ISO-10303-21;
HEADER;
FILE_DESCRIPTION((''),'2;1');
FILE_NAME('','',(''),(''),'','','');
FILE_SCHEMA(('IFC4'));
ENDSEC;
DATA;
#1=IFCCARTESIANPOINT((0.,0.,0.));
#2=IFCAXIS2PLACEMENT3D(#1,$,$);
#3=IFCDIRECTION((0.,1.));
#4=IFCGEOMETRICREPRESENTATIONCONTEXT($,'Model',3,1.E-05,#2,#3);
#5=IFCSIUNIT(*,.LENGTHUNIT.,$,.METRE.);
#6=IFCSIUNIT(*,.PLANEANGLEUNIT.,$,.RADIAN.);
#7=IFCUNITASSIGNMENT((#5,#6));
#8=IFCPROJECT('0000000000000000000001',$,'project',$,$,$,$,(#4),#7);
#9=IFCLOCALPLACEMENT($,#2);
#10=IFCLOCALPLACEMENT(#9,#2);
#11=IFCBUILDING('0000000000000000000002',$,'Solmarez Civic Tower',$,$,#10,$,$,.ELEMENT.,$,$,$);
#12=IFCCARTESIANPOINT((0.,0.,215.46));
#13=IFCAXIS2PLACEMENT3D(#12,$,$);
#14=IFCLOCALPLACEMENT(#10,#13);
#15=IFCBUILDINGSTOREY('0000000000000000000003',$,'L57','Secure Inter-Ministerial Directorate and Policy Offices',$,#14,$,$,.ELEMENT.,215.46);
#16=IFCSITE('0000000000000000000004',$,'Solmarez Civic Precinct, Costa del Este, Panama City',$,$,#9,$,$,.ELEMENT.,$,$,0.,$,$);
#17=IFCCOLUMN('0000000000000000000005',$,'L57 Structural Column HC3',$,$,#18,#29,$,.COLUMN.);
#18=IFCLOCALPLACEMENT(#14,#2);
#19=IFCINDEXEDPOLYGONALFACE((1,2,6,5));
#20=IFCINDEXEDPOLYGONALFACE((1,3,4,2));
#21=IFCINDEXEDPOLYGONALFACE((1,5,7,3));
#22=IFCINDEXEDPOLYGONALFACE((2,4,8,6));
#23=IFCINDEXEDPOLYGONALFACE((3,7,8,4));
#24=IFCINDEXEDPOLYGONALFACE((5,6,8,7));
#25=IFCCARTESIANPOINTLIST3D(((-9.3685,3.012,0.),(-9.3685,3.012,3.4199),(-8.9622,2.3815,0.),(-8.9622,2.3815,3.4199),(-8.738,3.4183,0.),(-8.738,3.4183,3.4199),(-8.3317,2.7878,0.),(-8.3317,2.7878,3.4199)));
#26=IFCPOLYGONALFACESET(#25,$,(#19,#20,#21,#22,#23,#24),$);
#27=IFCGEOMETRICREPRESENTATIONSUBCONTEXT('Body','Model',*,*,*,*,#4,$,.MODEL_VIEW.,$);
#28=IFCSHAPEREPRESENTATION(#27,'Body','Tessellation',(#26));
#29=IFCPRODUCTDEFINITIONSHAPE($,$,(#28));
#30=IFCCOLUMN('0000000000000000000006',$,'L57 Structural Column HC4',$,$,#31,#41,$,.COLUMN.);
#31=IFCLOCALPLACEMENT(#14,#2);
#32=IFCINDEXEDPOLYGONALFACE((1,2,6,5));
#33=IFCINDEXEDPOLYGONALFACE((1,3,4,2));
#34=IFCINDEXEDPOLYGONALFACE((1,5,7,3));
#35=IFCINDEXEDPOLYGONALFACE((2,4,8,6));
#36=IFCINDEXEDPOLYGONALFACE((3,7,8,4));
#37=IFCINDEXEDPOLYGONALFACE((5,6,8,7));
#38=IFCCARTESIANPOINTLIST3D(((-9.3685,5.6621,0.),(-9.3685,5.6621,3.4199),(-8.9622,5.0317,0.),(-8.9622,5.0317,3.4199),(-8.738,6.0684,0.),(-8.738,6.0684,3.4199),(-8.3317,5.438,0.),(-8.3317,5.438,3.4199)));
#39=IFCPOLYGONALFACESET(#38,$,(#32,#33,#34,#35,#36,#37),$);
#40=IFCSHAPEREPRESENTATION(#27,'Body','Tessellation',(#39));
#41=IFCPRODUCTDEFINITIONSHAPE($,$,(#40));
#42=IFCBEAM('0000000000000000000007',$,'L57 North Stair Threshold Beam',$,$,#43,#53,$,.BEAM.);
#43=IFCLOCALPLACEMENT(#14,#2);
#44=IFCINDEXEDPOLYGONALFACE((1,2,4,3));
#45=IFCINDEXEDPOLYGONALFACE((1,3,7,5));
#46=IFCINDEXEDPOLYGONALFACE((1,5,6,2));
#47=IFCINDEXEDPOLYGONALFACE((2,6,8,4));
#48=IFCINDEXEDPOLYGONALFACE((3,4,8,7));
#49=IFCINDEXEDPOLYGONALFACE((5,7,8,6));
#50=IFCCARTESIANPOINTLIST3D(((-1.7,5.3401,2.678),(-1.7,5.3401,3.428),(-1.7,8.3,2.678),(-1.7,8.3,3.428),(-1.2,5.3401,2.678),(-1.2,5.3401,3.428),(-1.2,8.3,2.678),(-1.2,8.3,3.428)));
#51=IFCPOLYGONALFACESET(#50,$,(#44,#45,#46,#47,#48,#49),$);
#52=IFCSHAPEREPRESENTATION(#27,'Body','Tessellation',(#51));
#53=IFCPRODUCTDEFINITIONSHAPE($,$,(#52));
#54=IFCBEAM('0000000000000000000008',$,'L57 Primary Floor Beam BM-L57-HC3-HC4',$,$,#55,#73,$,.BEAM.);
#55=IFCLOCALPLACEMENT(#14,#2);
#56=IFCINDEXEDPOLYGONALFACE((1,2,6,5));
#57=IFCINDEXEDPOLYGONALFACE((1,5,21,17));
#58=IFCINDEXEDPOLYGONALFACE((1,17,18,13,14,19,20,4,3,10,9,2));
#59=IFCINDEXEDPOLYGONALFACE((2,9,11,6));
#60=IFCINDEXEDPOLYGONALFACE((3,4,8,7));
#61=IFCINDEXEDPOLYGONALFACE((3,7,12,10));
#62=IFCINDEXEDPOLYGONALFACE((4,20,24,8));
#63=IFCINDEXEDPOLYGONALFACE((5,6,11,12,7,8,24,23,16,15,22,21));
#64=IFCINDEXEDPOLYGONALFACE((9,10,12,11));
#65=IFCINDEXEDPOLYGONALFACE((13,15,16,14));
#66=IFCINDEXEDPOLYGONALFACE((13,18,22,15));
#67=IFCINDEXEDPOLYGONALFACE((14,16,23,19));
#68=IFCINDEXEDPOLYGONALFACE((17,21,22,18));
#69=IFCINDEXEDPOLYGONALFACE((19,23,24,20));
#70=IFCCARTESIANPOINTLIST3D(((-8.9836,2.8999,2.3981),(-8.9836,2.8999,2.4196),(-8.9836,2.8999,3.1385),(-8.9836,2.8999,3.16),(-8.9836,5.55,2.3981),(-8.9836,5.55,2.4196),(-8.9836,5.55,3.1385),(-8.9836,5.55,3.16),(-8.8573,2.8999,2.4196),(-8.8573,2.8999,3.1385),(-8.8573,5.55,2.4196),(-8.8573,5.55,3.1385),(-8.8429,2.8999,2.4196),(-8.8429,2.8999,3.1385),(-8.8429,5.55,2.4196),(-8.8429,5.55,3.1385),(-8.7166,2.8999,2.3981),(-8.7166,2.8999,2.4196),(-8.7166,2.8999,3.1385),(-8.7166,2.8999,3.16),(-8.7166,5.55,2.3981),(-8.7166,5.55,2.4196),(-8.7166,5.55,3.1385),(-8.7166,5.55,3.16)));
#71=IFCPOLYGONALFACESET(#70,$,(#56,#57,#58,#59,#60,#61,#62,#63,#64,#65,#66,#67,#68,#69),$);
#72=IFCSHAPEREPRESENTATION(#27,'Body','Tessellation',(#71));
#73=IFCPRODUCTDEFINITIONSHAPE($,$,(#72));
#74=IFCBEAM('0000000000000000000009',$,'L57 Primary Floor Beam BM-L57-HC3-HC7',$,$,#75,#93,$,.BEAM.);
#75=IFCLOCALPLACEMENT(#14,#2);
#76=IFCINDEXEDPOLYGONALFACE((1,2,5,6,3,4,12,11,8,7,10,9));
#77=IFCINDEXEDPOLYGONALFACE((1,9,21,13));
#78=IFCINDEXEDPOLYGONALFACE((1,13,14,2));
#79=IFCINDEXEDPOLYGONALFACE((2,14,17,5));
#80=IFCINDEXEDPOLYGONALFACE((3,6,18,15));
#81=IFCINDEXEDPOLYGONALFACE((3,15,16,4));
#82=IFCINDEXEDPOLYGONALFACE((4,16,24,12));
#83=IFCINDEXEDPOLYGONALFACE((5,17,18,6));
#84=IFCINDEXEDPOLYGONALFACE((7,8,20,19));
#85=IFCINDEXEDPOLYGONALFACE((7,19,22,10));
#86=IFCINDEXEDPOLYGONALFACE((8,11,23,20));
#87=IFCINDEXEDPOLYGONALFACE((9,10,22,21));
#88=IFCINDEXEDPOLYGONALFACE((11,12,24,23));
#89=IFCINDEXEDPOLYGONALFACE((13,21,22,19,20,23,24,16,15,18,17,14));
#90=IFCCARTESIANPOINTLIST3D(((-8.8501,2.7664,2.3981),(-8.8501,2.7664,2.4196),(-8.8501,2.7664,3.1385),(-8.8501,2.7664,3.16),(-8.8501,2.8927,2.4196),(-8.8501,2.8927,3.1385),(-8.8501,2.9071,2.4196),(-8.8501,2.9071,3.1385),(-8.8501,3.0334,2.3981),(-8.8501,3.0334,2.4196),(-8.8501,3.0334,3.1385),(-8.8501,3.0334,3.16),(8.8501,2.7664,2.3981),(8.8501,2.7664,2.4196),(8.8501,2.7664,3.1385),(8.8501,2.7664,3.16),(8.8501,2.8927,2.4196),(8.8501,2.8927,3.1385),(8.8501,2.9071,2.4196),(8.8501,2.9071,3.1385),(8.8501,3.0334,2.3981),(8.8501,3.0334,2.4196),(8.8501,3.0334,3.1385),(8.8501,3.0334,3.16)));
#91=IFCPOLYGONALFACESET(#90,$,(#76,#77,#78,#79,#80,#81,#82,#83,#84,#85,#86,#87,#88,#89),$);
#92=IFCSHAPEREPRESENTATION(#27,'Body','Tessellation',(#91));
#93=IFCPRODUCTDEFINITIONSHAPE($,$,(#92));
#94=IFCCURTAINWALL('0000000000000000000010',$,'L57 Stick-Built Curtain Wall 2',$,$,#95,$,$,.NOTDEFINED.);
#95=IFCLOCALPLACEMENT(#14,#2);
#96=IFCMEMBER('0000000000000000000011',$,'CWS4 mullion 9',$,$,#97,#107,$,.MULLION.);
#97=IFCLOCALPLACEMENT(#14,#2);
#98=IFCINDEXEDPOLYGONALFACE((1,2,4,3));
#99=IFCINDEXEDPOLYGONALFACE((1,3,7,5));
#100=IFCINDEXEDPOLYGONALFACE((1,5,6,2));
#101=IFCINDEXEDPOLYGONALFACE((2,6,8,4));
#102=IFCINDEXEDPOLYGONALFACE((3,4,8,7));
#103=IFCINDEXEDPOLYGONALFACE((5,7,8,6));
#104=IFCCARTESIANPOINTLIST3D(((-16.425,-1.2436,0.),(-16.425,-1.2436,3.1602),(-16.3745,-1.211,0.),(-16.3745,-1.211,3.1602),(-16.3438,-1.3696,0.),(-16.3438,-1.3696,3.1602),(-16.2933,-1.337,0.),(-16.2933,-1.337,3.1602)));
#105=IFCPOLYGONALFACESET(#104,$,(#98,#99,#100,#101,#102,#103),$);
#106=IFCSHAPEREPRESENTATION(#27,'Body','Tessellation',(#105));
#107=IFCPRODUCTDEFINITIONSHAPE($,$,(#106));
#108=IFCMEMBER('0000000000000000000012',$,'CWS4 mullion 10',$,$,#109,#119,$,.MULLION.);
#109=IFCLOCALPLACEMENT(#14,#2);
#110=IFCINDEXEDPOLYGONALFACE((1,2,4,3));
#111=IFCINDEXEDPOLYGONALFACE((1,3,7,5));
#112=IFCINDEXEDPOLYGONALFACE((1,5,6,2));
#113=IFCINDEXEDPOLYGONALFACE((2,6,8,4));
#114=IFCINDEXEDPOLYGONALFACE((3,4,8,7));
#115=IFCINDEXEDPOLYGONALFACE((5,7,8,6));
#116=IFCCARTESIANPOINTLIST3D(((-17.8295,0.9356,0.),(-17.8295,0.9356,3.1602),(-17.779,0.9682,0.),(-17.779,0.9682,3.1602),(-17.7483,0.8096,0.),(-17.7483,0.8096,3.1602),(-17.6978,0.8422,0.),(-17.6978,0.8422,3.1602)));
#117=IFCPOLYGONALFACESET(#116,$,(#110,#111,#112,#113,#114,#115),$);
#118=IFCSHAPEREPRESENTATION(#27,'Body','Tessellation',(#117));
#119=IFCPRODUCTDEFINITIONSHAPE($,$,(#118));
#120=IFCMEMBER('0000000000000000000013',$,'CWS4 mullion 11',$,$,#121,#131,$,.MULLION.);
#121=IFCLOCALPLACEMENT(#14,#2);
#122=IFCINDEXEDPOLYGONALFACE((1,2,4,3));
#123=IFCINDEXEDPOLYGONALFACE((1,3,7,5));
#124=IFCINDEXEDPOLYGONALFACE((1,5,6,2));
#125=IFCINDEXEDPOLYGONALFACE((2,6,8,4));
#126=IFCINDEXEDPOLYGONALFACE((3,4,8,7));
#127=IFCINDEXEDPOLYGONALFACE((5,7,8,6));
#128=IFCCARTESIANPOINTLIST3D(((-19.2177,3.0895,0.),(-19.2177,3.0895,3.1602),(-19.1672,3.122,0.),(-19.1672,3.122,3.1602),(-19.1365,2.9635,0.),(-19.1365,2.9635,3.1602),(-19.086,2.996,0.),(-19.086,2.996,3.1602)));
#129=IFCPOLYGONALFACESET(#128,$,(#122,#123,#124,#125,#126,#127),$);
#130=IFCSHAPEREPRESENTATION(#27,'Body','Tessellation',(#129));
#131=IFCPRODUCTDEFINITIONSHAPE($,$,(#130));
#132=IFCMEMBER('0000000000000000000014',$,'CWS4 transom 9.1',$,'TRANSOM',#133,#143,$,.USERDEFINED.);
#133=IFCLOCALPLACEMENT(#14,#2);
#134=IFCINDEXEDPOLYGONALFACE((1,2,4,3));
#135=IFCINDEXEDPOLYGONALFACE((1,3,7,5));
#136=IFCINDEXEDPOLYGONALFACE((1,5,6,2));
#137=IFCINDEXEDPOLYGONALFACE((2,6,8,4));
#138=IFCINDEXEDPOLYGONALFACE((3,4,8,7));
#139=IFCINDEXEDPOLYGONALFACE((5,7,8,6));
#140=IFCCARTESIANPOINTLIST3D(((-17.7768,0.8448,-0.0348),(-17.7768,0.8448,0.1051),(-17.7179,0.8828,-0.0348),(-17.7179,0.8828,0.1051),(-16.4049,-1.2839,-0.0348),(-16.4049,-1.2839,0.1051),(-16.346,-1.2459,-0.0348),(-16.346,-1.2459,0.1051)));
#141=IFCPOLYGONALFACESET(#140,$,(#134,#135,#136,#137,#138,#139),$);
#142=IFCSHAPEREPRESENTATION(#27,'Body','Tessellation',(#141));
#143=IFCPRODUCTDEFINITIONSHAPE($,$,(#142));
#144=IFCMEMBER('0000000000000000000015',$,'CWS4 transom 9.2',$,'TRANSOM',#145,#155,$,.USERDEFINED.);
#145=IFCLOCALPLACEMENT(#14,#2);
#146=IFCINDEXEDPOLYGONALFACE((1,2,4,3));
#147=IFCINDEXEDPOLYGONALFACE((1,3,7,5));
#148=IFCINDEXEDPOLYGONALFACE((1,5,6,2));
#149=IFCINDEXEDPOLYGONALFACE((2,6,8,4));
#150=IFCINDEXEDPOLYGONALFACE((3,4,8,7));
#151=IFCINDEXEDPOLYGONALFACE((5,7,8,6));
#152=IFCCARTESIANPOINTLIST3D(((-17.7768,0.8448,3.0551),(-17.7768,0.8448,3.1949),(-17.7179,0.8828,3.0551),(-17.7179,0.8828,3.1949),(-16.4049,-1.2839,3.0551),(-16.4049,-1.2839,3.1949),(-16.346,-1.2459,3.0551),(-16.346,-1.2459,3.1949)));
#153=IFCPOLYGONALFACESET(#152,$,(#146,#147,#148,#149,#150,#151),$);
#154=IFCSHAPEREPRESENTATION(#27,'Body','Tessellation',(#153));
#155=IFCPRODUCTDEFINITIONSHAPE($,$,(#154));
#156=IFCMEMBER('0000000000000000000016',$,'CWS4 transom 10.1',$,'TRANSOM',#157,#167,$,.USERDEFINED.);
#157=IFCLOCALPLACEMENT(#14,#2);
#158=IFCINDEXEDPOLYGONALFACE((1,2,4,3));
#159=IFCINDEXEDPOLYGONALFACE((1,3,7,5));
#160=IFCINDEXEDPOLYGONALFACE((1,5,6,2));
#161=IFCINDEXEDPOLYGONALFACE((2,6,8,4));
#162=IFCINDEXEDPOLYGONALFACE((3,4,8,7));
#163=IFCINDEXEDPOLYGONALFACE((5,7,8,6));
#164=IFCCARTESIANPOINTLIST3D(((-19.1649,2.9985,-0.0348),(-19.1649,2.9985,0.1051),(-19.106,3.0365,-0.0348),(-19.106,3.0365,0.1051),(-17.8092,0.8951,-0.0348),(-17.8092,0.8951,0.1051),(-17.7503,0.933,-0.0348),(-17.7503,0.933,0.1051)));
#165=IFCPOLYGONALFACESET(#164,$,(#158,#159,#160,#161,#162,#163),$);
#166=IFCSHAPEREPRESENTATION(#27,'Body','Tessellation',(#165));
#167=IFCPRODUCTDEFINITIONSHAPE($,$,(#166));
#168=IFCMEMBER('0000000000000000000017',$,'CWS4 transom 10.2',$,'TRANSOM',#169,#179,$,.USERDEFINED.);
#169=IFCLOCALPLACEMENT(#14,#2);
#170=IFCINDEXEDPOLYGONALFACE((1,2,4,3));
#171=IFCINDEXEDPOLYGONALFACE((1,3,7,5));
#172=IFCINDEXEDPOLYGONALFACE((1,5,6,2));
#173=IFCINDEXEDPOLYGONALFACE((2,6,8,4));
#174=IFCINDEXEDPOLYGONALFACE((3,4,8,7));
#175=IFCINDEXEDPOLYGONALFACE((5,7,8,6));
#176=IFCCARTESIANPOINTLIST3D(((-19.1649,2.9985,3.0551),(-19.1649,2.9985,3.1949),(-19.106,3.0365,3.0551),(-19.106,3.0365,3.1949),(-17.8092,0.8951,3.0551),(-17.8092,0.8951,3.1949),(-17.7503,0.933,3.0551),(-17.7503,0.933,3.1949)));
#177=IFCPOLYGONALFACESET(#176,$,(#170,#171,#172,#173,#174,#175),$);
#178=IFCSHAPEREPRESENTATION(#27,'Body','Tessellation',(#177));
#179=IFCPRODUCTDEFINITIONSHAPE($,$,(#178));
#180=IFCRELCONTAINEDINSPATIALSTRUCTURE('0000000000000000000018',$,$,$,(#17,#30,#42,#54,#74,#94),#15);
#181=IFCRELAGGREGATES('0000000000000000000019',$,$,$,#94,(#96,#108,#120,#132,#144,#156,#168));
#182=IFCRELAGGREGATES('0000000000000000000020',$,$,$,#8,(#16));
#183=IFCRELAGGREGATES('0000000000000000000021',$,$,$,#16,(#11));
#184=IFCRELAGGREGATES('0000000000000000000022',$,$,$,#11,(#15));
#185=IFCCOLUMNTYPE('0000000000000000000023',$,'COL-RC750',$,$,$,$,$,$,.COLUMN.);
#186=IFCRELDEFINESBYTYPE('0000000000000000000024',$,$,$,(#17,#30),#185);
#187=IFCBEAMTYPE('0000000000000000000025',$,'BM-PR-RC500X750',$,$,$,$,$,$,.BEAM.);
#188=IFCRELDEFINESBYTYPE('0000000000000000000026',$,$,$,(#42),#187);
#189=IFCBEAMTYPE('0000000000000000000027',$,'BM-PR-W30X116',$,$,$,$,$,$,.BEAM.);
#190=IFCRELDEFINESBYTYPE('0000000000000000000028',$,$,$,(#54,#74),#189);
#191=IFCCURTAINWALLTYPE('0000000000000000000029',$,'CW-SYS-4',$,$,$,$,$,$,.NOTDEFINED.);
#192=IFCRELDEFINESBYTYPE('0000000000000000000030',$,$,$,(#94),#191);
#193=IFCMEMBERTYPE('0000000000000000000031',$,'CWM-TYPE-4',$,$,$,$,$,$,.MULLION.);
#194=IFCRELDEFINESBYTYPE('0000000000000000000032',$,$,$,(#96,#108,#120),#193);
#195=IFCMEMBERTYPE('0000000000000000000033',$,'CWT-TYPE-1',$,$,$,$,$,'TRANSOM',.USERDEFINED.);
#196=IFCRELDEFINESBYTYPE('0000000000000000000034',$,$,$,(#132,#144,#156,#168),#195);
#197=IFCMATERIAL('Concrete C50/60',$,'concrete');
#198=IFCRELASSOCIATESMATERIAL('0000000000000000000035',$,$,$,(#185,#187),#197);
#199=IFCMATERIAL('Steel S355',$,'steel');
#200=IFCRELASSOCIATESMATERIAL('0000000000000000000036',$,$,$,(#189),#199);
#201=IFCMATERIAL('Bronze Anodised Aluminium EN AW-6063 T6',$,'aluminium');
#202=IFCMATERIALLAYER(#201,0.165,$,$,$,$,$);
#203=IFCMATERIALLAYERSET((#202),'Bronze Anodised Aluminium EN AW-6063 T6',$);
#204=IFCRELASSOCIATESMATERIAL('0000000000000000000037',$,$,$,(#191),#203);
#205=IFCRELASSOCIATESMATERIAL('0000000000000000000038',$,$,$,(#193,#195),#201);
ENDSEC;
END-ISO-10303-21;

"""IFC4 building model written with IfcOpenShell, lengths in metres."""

from ifc_helpers import new_model, si_unit, direction, frame, origin, origin_2d, place, context, subcontext, project, spatial, rectangle, i_section, extrude, material, layer, layer_set, material_profile, profile_set, type_object, element, aggregate, save


model = new_model("IFC4")

# Units and contexts
model_context = context("Model", 3, precision=1e-05, world=origin(), true_north=direction((0.0, 1.0)))
body_context = subcontext(model_context, "Body", "Model", "MODEL_VIEW")
ifc_project = project(units=[si_unit("LENGTHUNIT", "METRE"), si_unit("PLANEANGLEUNIT", "RADIAN")], contexts=[model_context])

# Site, building, storey
site_placement = place(None, origin())
site = spatial("IfcSite", under=ifc_project, at=site_placement, Name="Solmarez Civic Precinct, Costa del Este, Panama City", CompositionType="ELEMENT", RefElevation=0.0)
building_placement = place(site_placement, origin())
building = spatial("IfcBuilding", under=site, at=building_placement, Name="Solmarez Civic Tower", CompositionType="ELEMENT")
storey_placement = place(building_placement, frame((0.0, 0.0, 215.46)))
storey = spatial("IfcBuildingStorey", under=building, at=storey_placement, Name="L57", Description="Secure Inter-Ministerial Directorate and Policy Offices", CompositionType="ELEMENT", Elevation=215.46)

# Columns
ifc_material_1 = material(Name="Concrete C50/60", Category="concrete")
ifc_material_profile_1 = material_profile(ifc_material_1, rectangle(XDim=0.75, YDim=0.75, at=origin_2d()), Name="RC750X750")
ifc_profile_set_1 = profile_set([ifc_material_profile_1], Name="Concrete C50/60")
column_type = type_object("IfcColumnType", Name="COL-RC750", PredefinedType="COLUMN", material=ifc_profile_set_1)
for number, where, z_axis, x_axis, name in (
    (1, (-8.8501, 2.8999, 0.0), (0.0, 0.0, 1.0), (0.840567, 0.541708, 0.0), "L57 Structural Column HC3"),
    (2, (-8.8501, 5.55, 0.0), (0.0, 0.0, 1.0), (0.840567, 0.541708, 0.0), "L57 Structural Column HC4"),
):
    element("IfcColumn", number, at=place(storey_placement, frame(where, z_axis=z_axis, x_axis=x_axis)), inside=storey, type_object=column_type, Name=name, PredefinedType="COLUMN", context=body_context, shape_type="SweptSolid", body=[
        extrude(rectangle(XDim=0.75, YDim=0.75, at=origin_2d()), origin(), (0.0, 0.0, 1.0), 3.4199),
    ])

# Beams
ifc_material_profile_2 = material_profile(ifc_material_1, rectangle(XDim=0.5, YDim=0.75, at=origin_2d()), Name="RC500X750")
ifc_profile_set_2 = profile_set([ifc_material_profile_2], Name="Concrete C50/60")
beam_type_1 = type_object("IfcBeamType", Name="BM-PR-RC500X750", PredefinedType="BEAM", material=ifc_profile_set_2)
beam_1_placement = place(storey_placement, frame((-1.45, 5.3401, 3.053), z_axis=(0.0, 1.0, 0.0), x_axis=(-1.0, 0.0, 0.0)))
element("IfcBeam", 3, at=beam_1_placement, inside=storey, type_object=beam_type_1, Name="L57 North Stair Threshold Beam", PredefinedType="BEAM", context=body_context, shape_type="SweptSolid", body=[
    extrude(rectangle(XDim=0.5, YDim=0.75, at=origin_2d()), origin(), (0.0, 0.0, 1.0), 2.96),
])
ifc_material_2 = material(Name="Steel S355", Category="steel")
ifc_material_profile_3 = material_profile(ifc_material_2, i_section(OverallWidth=0.2671, OverallDepth=0.762, WebThickness=0.0144, FlangeThickness=0.0215, at=origin_2d()), Name="W30X116")
ifc_profile_set_3 = profile_set([ifc_material_profile_3], Name="Steel S355")
beam_type_2 = type_object("IfcBeamType", Name="BM-PR-W30X116", PredefinedType="BEAM", material=ifc_profile_set_3)
beam_2_placement = place(storey_placement, frame((-8.8501, 2.8999, 2.7791), z_axis=(0.0, 1.0, 0.0), x_axis=(-1.0, 0.0, 0.0)))
element("IfcBeam", 4, at=beam_2_placement, inside=storey, type_object=beam_type_2, Name="L57 Primary Floor Beam BM-L57-HC3-HC4", PredefinedType="BEAM", context=body_context, shape_type="SweptSolid", body=[
    extrude(i_section(OverallWidth=0.2671, OverallDepth=0.762, WebThickness=0.0144, FlangeThickness=0.0215, at=origin_2d()), origin(), (0.0, 0.0, 1.0), 2.6501),
])
beam_3_placement = place(storey_placement, frame((-8.8501, 2.8999, 2.7791), z_axis=(1.0, 0.0, 0.0), x_axis=(0.0, 1.0, 0.0)))
element("IfcBeam", 5, at=beam_3_placement, inside=storey, type_object=beam_type_2, Name="L57 Primary Floor Beam BM-L57-HC3-HC7", PredefinedType="BEAM", context=body_context, shape_type="SweptSolid", body=[
    extrude(i_section(OverallWidth=0.2671, OverallDepth=0.762, WebThickness=0.0144, FlangeThickness=0.0215, at=origin_2d()), origin(), (0.0, 0.0, 1.0), 17.7002),
])

# Curtain wall, members
ifc_material_3 = material(Name="Bronze Anodised Aluminium EN AW-6063 T6", Category="aluminium")
ifc_layer_1 = layer(ifc_material_3, 0.165)
ifc_layer_set_1 = layer_set([ifc_layer_1], Name="Bronze Anodised Aluminium EN AW-6063 T6")
curtain_wall_type = type_object("IfcCurtainWallType", Name="CW-SYS-4", PredefinedType="NOTDEFINED", material=ifc_layer_set_1)
curtain_wall_placement = place(storey_placement, origin())
curtain_wall = element("IfcCurtainWall", 6, at=curtain_wall_placement, inside=storey, type_object=curtain_wall_type, Name="L57 Stick-Built Curtain Wall 2", PredefinedType="NOTDEFINED")
ifc_material_profile_4 = material_profile(ifc_material_3, rectangle(XDim=0.0601, YDim=0.1499, at=origin_2d()), Name="CWM-60X150")
ifc_profile_set_4 = profile_set([ifc_material_profile_4], Name="Bronze Anodised Aluminium EN AW-6063 T6")
member_type_1 = type_object("IfcMemberType", Name="CWM-TYPE-4", PredefinedType="MULLION", material=ifc_profile_set_4)
member_1_placement = place(storey_placement, frame((-16.3591, -1.2903, 0.0), z_axis=(0.0, 0.0, 1.0), x_axis=(-0.840555, -0.541726, 0.0)))
member_1 = element("IfcMember", 7, at=member_1_placement, type_object=member_type_1, Name="CWS4 mullion 9", PredefinedType="MULLION", context=body_context, shape_type="SweptSolid", body=[
    extrude(rectangle(XDim=0.0601, YDim=0.1499, at=origin_2d()), origin(), (0.0, 0.0, 1.0), 3.1602),
])
member_2_placement = place(storey_placement, frame((-17.7637, 0.8889, 0.0), z_axis=(0.0, 0.0, 1.0), x_axis=(-0.840555, -0.541726, 0.0)))
member_2 = element("IfcMember", 8, at=member_2_placement, type_object=member_type_1, Name="CWS4 mullion 10", PredefinedType="MULLION", context=body_context, shape_type="SweptSolid", body=[
    extrude(rectangle(XDim=0.0601, YDim=0.1499, at=origin_2d()), origin(), (0.0, 0.0, 1.0), 3.1602),
])
member_3_placement = place(storey_placement, frame((-19.1519, 3.0427, 0.0), z_axis=(0.0, 0.0, 1.0), x_axis=(-0.840555, -0.541726, 0.0)))
member_3 = element("IfcMember", 9, at=member_3_placement, type_object=member_type_1, Name="CWS4 mullion 11", PredefinedType="MULLION", context=body_context, shape_type="SweptSolid", body=[
    extrude(rectangle(XDim=0.0601, YDim=0.1499, at=origin_2d()), origin(), (0.0, 0.0, 1.0), 3.1602),
])
ifc_material_profile_5 = material_profile(ifc_material_3, rectangle(XDim=0.0701, YDim=0.1399, at=origin_2d()), Name="CWT-70X140")
ifc_profile_set_5 = profile_set([ifc_material_profile_5], Name="Bronze Anodised Aluminium EN AW-6063 T6")
member_type_2 = type_object("IfcMemberType", Name="CWT-TYPE-1", ElementType="TRANSOM", PredefinedType="USERDEFINED", material=ifc_profile_set_5)
member_4_placement = place(storey_placement, frame((-16.3755, -1.2649, 0.0352), z_axis=(-0.541707, 0.840567, 0.0), x_axis=(-0.840567, -0.541707, 0.0)))
member_4 = element("IfcMember", 10, at=member_4_placement, type_object=member_type_2, Name="CWS4 transom 9.1", ObjectType="TRANSOM", PredefinedType="USERDEFINED", context=body_context, shape_type="SweptSolid", body=[
    extrude(rectangle(XDim=0.0701, YDim=0.1399, at=origin_2d()), origin(), (0.0, 0.0, 1.0), 2.5325),
])
member_5_placement = place(storey_placement, frame((-16.3755, -1.2649, 3.125), z_axis=(-0.541707, 0.840567, 0.0), x_axis=(-0.840567, -0.541707, 0.0)))
member_5 = element("IfcMember", 11, at=member_5_placement, type_object=member_type_2, Name="CWS4 transom 9.2", ObjectType="TRANSOM", PredefinedType="USERDEFINED", context=body_context, shape_type="SweptSolid", body=[
    extrude(rectangle(XDim=0.0701, YDim=0.1399, at=origin_2d()), origin(), (0.0, 0.0, 1.0), 2.5325),
])
member_6_placement = place(storey_placement, frame((-17.7798, 0.9141, 0.0352), z_axis=(-0.541734, 0.84055, 0.0), x_axis=(-0.84055, -0.541734, 0.0)))
member_6 = element("IfcMember", 12, at=member_6_placement, type_object=member_type_2, Name="CWS4 transom 10.1", ObjectType="TRANSOM", PredefinedType="USERDEFINED", context=body_context, shape_type="SweptSolid", body=[
    extrude(rectangle(XDim=0.0701, YDim=0.1399, at=origin_2d()), origin(), (0.0, 0.0, 1.0), 2.5024),
])
member_7_placement = place(storey_placement, frame((-17.7798, 0.9141, 3.125), z_axis=(-0.541734, 0.84055, 0.0), x_axis=(-0.84055, -0.541734, 0.0)))
member_7 = element("IfcMember", 13, at=member_7_placement, type_object=member_type_2, Name="CWS4 transom 10.2", ObjectType="TRANSOM", PredefinedType="USERDEFINED", context=body_context, shape_type="SweptSolid", body=[
    extrude(rectangle(XDim=0.0701, YDim=0.1399, at=origin_2d()), origin(), (0.0, 0.0, 1.0), 2.5024),
])
aggregate(curtain_wall, [member_1, member_2, member_3, member_4, member_5, member_6, member_7])

save(model, "model.ifc")
